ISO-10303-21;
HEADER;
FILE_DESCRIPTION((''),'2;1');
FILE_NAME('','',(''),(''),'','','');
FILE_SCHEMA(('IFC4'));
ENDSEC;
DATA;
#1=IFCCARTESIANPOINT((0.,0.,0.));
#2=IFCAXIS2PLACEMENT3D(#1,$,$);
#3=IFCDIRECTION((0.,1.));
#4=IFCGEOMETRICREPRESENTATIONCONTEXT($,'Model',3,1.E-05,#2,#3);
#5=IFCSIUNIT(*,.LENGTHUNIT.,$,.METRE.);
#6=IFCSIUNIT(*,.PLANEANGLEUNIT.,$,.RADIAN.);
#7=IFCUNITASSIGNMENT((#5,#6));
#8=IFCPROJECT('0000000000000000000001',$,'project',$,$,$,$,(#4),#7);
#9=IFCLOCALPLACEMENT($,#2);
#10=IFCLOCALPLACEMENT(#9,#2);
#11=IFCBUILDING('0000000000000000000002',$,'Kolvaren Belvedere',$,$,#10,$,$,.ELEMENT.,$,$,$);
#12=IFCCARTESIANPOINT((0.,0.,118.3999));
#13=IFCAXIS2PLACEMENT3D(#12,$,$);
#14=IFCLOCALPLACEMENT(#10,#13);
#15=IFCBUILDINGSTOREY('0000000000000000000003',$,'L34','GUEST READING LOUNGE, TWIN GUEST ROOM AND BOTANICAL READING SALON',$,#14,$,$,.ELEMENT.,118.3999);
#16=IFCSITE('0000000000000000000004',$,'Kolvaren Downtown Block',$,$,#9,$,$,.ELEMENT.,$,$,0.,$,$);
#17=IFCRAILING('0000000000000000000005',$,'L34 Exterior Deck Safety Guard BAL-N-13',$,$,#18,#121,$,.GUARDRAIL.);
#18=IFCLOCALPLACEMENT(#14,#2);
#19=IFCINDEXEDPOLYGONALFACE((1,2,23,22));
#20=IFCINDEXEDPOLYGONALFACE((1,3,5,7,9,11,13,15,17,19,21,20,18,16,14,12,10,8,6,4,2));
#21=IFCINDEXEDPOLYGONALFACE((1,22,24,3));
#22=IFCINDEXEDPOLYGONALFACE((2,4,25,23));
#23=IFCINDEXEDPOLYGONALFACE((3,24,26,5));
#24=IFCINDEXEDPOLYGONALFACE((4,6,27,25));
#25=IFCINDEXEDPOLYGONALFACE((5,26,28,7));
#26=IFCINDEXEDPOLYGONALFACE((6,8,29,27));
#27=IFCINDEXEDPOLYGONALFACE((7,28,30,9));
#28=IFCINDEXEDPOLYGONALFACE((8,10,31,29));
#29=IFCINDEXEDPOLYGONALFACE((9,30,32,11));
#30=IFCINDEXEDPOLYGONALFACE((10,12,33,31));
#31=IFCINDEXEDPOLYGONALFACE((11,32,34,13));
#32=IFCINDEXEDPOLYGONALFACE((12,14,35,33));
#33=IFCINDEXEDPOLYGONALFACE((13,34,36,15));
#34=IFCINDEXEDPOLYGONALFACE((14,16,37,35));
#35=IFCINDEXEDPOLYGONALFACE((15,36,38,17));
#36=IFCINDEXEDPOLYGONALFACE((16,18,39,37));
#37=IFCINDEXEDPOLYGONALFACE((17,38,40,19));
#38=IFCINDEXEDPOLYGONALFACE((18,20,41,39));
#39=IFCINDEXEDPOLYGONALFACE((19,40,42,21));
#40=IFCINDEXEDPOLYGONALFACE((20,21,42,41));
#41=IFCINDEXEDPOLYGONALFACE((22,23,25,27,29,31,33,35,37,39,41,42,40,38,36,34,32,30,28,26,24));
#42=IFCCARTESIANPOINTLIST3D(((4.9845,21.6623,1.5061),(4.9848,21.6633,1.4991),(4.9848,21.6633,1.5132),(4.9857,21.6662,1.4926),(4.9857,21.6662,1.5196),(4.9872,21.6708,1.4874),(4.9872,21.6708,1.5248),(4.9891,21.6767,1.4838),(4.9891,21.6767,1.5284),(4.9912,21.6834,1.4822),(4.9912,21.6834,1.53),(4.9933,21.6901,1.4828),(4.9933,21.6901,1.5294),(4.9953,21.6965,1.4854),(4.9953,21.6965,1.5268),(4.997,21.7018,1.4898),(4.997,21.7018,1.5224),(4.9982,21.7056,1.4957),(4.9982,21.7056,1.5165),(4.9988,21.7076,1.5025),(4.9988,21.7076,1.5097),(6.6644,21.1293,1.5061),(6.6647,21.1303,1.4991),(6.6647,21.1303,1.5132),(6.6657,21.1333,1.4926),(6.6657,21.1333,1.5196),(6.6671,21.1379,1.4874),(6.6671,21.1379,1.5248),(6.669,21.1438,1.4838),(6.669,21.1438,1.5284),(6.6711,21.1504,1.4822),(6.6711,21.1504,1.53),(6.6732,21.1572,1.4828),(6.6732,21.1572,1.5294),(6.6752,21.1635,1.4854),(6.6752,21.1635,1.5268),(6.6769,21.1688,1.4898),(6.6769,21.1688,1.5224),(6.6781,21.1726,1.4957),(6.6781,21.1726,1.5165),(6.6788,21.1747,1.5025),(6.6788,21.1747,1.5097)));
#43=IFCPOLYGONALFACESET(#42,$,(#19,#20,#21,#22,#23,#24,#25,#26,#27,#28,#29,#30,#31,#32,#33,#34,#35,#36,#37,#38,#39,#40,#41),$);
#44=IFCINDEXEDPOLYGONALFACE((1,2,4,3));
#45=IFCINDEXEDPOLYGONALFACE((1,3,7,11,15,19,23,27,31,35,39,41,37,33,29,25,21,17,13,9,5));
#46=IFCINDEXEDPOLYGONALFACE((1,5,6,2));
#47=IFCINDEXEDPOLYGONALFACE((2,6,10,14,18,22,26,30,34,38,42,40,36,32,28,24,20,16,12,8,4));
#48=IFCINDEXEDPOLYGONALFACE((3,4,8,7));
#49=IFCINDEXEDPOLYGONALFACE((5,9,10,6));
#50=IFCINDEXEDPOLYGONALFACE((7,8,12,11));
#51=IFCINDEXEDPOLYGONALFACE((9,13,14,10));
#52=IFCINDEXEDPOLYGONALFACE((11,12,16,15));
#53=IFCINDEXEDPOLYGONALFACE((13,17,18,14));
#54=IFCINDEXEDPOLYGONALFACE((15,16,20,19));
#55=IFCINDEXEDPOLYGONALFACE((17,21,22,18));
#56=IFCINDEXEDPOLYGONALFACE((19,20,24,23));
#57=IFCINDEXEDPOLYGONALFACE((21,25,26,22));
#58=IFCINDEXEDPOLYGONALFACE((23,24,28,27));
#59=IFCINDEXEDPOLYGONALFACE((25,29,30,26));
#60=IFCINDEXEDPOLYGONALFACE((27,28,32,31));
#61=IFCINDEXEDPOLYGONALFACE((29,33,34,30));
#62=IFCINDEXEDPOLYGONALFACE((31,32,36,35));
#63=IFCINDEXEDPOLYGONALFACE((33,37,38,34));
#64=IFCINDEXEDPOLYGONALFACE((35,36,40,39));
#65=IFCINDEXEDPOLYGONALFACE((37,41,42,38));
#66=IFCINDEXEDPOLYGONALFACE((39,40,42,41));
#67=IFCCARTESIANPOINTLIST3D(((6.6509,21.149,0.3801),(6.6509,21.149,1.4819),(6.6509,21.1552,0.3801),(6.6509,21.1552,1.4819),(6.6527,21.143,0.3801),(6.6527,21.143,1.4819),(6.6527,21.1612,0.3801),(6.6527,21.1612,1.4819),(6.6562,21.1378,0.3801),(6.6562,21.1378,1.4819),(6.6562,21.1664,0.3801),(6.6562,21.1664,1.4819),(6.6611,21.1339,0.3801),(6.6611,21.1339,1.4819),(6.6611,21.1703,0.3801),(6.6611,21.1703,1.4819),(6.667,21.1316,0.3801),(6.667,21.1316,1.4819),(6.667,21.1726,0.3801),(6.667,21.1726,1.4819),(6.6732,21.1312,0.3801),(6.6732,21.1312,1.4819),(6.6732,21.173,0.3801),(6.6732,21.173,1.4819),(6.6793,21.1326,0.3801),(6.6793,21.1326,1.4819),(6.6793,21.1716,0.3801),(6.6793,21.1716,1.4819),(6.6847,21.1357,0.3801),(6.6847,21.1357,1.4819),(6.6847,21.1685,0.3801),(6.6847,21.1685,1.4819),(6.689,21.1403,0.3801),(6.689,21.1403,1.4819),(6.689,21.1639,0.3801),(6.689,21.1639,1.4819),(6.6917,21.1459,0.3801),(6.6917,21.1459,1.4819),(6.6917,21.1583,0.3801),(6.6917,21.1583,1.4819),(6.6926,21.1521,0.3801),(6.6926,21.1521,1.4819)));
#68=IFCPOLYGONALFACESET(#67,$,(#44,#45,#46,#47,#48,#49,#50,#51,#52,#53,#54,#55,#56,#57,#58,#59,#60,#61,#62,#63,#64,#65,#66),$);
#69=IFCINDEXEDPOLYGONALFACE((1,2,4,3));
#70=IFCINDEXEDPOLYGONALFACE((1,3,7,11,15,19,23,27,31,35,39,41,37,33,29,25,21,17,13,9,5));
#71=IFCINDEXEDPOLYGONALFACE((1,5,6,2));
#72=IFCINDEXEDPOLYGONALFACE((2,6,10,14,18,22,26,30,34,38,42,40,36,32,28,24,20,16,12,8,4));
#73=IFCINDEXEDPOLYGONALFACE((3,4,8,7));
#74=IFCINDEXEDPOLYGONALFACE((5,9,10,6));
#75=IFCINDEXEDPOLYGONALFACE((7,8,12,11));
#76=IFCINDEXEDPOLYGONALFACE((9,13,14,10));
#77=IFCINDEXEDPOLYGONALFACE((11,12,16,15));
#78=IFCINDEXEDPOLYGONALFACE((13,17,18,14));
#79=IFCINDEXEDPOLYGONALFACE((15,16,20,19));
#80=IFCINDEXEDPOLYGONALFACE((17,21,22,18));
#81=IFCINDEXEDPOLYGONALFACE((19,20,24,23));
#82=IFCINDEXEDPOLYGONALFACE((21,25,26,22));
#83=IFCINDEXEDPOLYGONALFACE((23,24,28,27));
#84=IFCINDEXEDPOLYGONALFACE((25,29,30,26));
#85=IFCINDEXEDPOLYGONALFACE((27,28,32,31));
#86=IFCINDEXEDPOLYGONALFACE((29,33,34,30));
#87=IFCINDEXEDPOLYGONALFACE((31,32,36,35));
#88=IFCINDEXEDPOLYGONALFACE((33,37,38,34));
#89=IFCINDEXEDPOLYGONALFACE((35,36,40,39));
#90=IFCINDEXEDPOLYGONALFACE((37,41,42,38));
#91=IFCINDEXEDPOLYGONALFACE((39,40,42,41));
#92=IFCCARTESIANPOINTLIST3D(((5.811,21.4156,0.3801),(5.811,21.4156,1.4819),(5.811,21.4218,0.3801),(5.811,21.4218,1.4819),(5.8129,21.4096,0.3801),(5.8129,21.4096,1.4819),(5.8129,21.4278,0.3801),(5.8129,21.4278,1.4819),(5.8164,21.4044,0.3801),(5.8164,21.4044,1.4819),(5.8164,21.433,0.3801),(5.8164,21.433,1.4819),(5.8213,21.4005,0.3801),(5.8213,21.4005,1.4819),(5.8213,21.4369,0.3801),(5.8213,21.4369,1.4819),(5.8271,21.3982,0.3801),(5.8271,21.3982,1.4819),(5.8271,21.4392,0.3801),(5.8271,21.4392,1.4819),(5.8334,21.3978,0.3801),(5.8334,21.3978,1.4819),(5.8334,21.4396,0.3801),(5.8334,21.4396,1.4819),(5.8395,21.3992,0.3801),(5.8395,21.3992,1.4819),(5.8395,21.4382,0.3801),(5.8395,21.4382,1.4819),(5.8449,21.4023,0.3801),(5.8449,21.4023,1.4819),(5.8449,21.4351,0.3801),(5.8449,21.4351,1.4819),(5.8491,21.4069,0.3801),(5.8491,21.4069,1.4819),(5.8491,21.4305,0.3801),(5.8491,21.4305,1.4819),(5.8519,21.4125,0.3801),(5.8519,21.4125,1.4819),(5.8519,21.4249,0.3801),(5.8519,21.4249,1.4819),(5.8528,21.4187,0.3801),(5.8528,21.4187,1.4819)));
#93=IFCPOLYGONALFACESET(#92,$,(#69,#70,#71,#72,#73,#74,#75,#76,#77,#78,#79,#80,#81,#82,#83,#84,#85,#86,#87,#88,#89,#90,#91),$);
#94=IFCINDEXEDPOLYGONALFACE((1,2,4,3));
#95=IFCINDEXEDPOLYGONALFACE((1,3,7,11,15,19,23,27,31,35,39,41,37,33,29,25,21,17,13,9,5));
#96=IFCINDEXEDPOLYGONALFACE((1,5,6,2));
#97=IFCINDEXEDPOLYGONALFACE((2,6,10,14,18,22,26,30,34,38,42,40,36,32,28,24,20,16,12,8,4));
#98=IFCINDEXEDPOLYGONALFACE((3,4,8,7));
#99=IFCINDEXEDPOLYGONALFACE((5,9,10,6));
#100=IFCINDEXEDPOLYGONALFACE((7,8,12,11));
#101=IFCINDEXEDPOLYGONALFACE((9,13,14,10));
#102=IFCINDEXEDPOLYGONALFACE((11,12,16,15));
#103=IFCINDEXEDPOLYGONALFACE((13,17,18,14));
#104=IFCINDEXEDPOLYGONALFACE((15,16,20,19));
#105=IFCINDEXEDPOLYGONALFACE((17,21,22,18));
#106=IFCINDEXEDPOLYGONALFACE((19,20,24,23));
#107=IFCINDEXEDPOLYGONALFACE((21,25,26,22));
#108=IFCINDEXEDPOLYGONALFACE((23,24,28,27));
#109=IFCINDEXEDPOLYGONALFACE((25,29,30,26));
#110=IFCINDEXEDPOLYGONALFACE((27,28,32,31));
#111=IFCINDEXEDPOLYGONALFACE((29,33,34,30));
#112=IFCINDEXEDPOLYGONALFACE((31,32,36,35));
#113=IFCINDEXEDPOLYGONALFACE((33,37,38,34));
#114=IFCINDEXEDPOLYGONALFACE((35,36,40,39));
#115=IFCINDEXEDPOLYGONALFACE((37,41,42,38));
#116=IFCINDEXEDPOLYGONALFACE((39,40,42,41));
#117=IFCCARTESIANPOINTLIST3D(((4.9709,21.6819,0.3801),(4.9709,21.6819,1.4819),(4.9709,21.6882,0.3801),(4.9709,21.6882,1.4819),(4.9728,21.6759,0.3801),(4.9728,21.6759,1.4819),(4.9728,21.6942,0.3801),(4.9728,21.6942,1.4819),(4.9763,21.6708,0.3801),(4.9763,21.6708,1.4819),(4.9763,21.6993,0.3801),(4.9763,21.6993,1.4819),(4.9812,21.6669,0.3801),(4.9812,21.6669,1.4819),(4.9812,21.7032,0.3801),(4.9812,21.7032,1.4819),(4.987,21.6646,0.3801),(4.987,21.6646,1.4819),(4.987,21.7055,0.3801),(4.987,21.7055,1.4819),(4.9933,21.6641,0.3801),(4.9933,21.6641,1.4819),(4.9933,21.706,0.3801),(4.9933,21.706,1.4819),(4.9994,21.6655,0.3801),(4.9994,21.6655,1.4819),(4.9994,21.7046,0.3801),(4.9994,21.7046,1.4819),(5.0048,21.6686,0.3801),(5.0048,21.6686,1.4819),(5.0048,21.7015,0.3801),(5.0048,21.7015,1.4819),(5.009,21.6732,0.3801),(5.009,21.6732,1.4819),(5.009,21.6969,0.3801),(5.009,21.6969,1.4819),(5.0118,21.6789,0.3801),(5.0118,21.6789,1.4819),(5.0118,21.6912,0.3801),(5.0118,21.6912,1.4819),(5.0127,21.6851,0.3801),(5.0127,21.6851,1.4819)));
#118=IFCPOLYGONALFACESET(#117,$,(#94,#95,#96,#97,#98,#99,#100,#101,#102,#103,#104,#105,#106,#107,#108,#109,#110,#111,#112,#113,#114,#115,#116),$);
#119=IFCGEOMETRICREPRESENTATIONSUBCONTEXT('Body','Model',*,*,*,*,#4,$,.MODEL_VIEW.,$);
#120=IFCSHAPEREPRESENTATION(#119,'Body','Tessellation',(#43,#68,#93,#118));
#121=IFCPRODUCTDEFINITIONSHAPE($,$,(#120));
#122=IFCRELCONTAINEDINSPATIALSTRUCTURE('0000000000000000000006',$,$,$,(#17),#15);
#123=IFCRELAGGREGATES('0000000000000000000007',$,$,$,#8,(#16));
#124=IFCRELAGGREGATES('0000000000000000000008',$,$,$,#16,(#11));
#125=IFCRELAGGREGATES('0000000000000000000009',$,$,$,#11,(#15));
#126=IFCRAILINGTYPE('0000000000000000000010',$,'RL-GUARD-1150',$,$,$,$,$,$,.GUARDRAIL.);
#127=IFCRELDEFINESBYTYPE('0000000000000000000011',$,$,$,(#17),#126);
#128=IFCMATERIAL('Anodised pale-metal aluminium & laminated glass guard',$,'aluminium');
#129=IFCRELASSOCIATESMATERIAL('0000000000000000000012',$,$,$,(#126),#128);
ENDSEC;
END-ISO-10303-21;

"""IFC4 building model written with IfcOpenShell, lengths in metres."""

from ifc_helpers import new_model, si_unit, direction, frame, origin, origin_2d, place, context, subcontext, project, spatial, circle, extrude, material, type_object, element, save


model = new_model("IFC4")

# Units and contexts
model_context = context("Model", 3, precision=1e-05, world=origin(), true_north=direction((0.0, 1.0)))
body_context = subcontext(model_context, "Body", "Model", "MODEL_VIEW")
ifc_project = project(units=[si_unit("LENGTHUNIT", "METRE"), si_unit("PLANEANGLEUNIT", "RADIAN")], contexts=[model_context])

# Site, building, storey
site_placement = place(None, origin())
site = spatial("IfcSite", under=ifc_project, at=site_placement, Name="Kolvaren Downtown Block", CompositionType="ELEMENT", RefElevation=0.0)
building_placement = place(site_placement, origin())
building = spatial("IfcBuilding", under=site, at=building_placement, Name="Kolvaren Belvedere", CompositionType="ELEMENT")
storey_placement = place(building_placement, frame((0.0, 0.0, 118.3999)))
storey = spatial("IfcBuildingStorey", under=building, at=storey_placement, Name="L34", Description="GUEST READING LOUNGE, TWIN GUEST ROOM AND BOTANICAL READING SALON", CompositionType="ELEMENT", Elevation=118.3999)

# Railing
ifc_material_1 = material(Name="Anodised pale-metal aluminium & laminated glass guard", Category="aluminium")
railing_type = type_object("IfcRailingType", Name="RL-GUARD-1150", PredefinedType="GUARDRAIL", material=ifc_material_1)
railing_1_placement = place(storey_placement, frame((6.6716, 21.1521, 0.3801)))
element("IfcRailing", 1, at=railing_1_placement, inside=storey, type_object=railing_type, Name="L34 Exterior Deck Safety Guard BAL-N-13", PredefinedType="GUARDRAIL", context=body_context, shape_type="SweptSolid", body=[
    extrude(circle(Radius=0.0239, at=origin_2d()), frame((0.0, 0.0, 1.126), z_axis=(-0.953182, 0.302397, 0.0), x_axis=(-0.302397, -0.953182, 0.0)), (0.0, 0.0, 1.0), 1.7625),
    extrude(circle(Radius=0.021, at=origin_2d()), origin(), (0.0, 0.0, 1.0), 1.1018),
    extrude(circle(Radius=0.021, at=origin_2d()), frame((-0.8398, 0.2666, 0.0)), (0.0, 0.0, 1.0), 1.1018),
    extrude(circle(Radius=0.021, at=origin_2d()), frame((-1.6799, 0.533, 0.0)), (0.0, 0.0, 1.0), 1.1018),
])

save(model, "model.ifc")
